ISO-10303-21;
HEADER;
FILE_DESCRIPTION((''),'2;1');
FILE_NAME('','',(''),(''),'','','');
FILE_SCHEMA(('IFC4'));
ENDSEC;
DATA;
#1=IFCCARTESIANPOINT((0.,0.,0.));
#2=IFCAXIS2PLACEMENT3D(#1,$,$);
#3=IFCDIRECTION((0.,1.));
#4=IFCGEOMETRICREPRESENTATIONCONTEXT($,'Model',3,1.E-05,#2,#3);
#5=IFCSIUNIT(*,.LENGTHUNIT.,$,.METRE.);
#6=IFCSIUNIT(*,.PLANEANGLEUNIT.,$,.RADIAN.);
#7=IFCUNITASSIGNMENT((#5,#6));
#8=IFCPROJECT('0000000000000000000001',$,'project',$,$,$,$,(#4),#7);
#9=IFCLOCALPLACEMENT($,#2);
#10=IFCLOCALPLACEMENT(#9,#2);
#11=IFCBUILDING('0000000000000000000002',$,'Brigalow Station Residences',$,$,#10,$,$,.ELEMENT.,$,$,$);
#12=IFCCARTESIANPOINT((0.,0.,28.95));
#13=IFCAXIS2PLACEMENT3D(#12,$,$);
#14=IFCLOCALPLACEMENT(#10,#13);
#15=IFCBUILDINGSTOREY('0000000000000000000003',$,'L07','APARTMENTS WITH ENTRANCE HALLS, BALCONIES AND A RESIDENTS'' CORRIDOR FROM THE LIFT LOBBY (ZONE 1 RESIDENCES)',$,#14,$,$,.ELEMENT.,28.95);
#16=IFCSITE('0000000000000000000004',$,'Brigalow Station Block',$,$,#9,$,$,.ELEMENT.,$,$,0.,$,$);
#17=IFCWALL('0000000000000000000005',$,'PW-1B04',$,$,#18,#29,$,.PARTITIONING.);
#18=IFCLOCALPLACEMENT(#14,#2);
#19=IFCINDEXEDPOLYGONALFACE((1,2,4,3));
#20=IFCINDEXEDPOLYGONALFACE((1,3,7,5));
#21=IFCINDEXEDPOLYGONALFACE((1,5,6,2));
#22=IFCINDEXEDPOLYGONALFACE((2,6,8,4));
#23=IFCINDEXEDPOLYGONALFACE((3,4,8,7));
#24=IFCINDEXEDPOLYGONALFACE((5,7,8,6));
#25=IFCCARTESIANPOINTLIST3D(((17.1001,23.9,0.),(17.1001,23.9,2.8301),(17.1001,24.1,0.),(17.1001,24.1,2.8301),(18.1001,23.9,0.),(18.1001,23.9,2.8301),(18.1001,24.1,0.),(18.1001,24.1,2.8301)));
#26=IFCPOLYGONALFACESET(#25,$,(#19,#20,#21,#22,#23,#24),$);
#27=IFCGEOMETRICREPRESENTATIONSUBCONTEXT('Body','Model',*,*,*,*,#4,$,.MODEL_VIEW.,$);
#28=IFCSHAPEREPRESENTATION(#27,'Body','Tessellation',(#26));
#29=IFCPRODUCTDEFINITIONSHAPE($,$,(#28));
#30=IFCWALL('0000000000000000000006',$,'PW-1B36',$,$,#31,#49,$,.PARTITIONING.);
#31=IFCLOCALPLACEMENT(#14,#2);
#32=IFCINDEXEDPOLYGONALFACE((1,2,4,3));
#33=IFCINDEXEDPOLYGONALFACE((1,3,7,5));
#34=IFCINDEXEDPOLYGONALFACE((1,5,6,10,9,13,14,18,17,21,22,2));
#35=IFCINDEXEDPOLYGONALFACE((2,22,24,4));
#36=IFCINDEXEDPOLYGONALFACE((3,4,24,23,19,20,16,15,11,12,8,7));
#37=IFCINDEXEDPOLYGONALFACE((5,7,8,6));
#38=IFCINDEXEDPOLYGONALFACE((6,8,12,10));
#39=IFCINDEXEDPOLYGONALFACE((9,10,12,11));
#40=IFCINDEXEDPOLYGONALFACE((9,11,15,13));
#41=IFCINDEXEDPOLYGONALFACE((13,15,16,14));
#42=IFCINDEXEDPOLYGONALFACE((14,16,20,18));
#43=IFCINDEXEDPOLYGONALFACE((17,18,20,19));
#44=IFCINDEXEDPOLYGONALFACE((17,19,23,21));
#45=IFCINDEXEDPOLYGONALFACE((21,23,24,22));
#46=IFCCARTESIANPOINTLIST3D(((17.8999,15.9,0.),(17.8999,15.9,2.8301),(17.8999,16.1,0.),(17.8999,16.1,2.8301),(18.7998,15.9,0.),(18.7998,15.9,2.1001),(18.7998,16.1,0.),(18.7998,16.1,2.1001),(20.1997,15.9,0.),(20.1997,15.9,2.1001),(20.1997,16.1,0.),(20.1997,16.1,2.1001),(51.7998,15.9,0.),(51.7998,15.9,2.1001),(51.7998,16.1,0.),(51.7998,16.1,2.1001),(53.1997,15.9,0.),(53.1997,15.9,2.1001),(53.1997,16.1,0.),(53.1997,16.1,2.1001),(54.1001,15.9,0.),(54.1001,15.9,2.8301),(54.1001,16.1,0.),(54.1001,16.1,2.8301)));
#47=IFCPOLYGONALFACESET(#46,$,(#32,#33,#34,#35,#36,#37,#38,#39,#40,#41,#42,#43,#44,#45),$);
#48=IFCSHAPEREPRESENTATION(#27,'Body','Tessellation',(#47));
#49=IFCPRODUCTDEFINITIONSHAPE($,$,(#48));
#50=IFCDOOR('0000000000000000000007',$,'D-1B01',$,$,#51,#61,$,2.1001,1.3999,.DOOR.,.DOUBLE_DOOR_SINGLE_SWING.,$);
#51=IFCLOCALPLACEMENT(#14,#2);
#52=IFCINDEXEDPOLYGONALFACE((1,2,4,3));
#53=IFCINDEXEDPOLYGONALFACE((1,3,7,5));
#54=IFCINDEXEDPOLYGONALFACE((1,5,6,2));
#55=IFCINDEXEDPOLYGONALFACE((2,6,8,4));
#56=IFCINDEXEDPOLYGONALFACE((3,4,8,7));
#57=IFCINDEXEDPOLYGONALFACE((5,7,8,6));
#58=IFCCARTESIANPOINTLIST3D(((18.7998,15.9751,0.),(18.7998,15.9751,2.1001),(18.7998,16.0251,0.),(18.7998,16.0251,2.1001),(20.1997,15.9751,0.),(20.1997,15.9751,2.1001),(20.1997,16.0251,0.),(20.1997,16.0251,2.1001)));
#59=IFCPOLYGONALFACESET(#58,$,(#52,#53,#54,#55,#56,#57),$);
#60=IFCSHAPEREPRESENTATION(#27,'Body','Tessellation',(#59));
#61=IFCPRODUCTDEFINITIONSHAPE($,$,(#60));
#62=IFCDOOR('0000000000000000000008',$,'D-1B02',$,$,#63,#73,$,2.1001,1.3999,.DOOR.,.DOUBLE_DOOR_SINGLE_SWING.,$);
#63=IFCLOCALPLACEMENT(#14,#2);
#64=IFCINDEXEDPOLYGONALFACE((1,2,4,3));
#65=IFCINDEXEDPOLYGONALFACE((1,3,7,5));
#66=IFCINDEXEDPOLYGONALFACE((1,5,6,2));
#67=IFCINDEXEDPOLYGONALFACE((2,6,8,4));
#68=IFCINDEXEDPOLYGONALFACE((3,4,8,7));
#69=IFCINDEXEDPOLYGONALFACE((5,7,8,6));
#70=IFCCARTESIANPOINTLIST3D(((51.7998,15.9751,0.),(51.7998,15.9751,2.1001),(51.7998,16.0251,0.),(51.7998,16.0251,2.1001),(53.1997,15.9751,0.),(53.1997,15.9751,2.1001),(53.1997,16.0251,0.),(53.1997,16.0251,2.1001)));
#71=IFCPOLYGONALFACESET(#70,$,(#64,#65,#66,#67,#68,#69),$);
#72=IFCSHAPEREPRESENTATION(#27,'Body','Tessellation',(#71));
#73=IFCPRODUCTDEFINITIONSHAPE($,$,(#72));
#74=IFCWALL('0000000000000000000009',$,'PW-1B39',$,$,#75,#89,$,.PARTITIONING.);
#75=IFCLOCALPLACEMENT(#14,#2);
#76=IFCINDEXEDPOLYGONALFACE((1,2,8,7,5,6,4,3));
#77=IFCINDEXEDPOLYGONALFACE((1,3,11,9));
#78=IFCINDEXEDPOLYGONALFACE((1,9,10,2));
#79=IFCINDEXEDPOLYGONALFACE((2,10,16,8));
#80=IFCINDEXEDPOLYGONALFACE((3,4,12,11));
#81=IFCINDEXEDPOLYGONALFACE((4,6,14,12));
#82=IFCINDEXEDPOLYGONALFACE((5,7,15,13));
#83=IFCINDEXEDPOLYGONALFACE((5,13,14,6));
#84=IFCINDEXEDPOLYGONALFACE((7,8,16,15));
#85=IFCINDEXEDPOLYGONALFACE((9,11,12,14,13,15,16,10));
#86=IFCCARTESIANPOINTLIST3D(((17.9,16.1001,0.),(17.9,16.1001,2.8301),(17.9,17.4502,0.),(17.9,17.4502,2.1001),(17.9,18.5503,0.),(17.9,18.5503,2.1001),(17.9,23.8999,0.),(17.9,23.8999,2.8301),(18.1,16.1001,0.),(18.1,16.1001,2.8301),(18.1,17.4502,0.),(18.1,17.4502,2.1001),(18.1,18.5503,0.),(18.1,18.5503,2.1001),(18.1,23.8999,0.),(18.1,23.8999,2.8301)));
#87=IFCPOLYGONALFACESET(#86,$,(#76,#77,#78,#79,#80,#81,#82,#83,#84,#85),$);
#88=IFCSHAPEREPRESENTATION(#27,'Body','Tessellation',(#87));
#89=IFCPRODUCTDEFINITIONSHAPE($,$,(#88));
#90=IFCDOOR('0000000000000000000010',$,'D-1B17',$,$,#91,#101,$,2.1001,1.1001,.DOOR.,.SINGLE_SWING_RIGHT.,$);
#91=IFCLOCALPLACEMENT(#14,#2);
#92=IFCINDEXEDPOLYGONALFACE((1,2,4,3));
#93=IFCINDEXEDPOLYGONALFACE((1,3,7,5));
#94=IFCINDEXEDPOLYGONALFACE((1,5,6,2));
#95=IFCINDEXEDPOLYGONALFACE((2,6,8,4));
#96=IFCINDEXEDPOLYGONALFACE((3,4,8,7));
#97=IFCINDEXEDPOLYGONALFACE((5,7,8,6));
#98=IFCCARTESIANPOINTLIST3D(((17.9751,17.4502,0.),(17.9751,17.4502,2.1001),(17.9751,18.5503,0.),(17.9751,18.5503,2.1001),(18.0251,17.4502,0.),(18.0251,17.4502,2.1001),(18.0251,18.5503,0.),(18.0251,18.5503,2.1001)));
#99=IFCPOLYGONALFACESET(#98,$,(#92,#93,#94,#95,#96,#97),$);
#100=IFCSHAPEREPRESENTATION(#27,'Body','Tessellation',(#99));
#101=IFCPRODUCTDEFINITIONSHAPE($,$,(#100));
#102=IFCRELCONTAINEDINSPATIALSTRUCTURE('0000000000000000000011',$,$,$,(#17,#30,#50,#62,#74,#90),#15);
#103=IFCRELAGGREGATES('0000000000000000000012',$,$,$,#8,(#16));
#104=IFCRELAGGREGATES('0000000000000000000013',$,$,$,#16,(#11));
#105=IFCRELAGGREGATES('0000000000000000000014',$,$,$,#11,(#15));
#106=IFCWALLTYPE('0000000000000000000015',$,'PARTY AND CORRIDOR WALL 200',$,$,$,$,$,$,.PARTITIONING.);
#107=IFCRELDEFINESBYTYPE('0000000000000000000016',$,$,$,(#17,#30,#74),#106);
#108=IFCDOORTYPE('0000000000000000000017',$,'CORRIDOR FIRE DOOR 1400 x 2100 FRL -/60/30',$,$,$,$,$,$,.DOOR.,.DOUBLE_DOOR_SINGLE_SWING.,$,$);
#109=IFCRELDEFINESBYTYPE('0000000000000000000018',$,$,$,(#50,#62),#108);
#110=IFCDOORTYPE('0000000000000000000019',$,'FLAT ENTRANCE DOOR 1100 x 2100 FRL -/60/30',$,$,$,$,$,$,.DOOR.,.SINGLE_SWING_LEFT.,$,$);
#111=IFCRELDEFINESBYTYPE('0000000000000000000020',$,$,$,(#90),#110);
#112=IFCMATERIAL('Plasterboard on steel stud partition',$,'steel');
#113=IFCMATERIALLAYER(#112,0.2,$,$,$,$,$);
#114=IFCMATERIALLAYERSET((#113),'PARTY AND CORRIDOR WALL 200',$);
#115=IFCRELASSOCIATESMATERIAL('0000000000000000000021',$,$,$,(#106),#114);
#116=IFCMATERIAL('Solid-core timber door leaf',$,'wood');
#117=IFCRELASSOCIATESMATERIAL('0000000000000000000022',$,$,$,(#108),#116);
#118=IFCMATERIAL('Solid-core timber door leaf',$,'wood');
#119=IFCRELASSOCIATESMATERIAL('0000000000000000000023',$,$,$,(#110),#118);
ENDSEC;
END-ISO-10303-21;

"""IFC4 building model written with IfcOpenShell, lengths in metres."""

from ifc_helpers import new_model, si_unit, direction, frame, frame_2d, origin, place, context, subcontext, project, spatial, rectangle, extrude, material, layer, layer_set, type_object, element, fill, save


model = new_model("IFC4")

# Units and contexts
model_context = context("Model", 3, precision=1e-05, world=origin(), true_north=direction((0.0, 1.0)))
body_context = subcontext(model_context, "Body", "Model", "MODEL_VIEW")
ifc_project = project(units=[si_unit("LENGTHUNIT", "METRE"), si_unit("PLANEANGLEUNIT", "RADIAN")], contexts=[model_context])

# Site, building, storey
site_placement = place(None, origin())
site = spatial("IfcSite", under=ifc_project, at=site_placement, Name="Brigalow Station Block", CompositionType="ELEMENT", RefElevation=0.0)
building_placement = place(site_placement, origin())
building = spatial("IfcBuilding", under=site, at=building_placement, Name="Brigalow Station Residences", CompositionType="ELEMENT")
storey_placement = place(building_placement, frame((0.0, 0.0, 28.95)))
storey = spatial("IfcBuildingStorey", under=building, at=storey_placement, Name="L07", Description="APARTMENTS WITH ENTRANCE HALLS, BALCONIES AND A RESIDENTS' CORRIDOR FROM THE LIFT LOBBY (ZONE 1 RESIDENCES)", CompositionType="ELEMENT", Elevation=28.95)

# Wall
ifc_material_1 = material(Name="Plasterboard on steel stud partition", Category="steel")
ifc_layer_1 = layer(ifc_material_1, 0.2)
ifc_layer_set_1 = layer_set([ifc_layer_1], Name="PARTY AND CORRIDOR WALL 200")
wall_type_1 = type_object("IfcWallType", Name="PARTY AND CORRIDOR WALL 200", PredefinedType="PARTITIONING", material=ifc_layer_set_1)
wall_1_placement = place(storey_placement, frame((17.1001, 24.0, 0.0), z_axis=(0.0, 0.0, 1.0), x_axis=(1.0, 0.0, 0.0)))
element("IfcWall", 1, at=wall_1_placement, inside=storey, type_object=wall_type_1, Name="PW-1B04", PredefinedType="PARTITIONING", context=body_context, shape_type="SweptSolid", body=[
    extrude(rectangle(XDim=1.0, YDim=0.2, at=frame_2d((0.5, 0.0))), origin(), (0.0, 0.0, 1.0), 2.8301),
])

# Wall, openings, doors
wall_2_placement = place(storey_placement, frame((17.8999, 16.0, 0.0), z_axis=(0.0, 0.0, 1.0), x_axis=(1.0, 0.0, 0.0)))
wall_2 = element("IfcWall", 2, at=wall_2_placement, inside=storey, type_object=wall_type_1, Name="PW-1B36", PredefinedType="PARTITIONING", context=body_context, shape_type="SweptSolid", body=[
    extrude(rectangle(XDim=36.2002, YDim=0.2, at=frame_2d((18.1001, 0.0))), origin(), (0.0, 0.0, 1.0), 2.8301),
])
opening_1_placement = place(wall_2_placement, frame((0.8999, 0.0, 0.0)))
opening_1 = element("IfcOpeningElement", 3, at=opening_1_placement, cuts=wall_2, PredefinedType="OPENING", context=body_context, shape_type="SweptSolid", body=[
    extrude(rectangle(XDim=1.3999, YDim=2.1001, at=frame_2d((0.7, 1.05))), frame((0.0, 0.1099, 0.0), z_axis=(0.0, -1.0, 0.0), x_axis=(1.0, 0.0, 0.0)), (0.0, 0.0, 1.0), 0.22),
])
opening_2_placement = place(wall_2_placement, frame((33.8999, 0.0, 0.0)))
opening_2 = element("IfcOpeningElement", 4, at=opening_2_placement, cuts=wall_2, PredefinedType="OPENING", context=body_context, shape_type="SweptSolid", body=[
    extrude(rectangle(XDim=1.3999, YDim=2.1001, at=frame_2d((0.7, 1.05))), frame((0.0, 0.1099, 0.0), z_axis=(0.0, -1.0, 0.0), x_axis=(1.0, 0.0, 0.0)), (0.0, 0.0, 1.0), 0.22),
])
ifc_material_2 = material(Name="Solid-core timber door leaf", Category="wood")
door_type_1 = type_object("IfcDoorType", Name="CORRIDOR FIRE DOOR 1400 x 2100 FRL -/60/30", OperationType="DOUBLE_DOOR_SINGLE_SWING", PredefinedType="DOOR", material=ifc_material_2)
door_1_placement = place(opening_1_placement, frame((1.3999, 0.0, 0.0), z_axis=(0.0, 0.0, 1.0), x_axis=(-1.0, 0.0, 0.0)))
door_1 = element("IfcDoor", 5, at=door_1_placement, inside=storey, type_object=door_type_1, Name="D-1B01", OperationType="DOUBLE_DOOR_SINGLE_SWING", OverallHeight=2.1001, OverallWidth=1.3999, PredefinedType="DOOR", context=body_context, shape_type="SweptSolid", body=[
    extrude(rectangle(XDim=1.3999, YDim=2.1001, at=frame_2d((0.7, 1.05))), frame((0.0, 0.0249, 0.0), z_axis=(0.0, -1.0, 0.0), x_axis=(1.0, 0.0, 0.0)), (0.0, 0.0, 1.0), 0.05),
])
fill(opening_1, door_1)
door_2_placement = place(opening_2_placement, frame((1.3999, 0.0, 0.0), z_axis=(0.0, 0.0, 1.0), x_axis=(-1.0, 0.0, 0.0)))
door_2 = element("IfcDoor", 6, at=door_2_placement, inside=storey, type_object=door_type_1, Name="D-1B02", OperationType="DOUBLE_DOOR_SINGLE_SWING", OverallHeight=2.1001, OverallWidth=1.3999, PredefinedType="DOOR", context=body_context, shape_type="SweptSolid", body=[
    extrude(rectangle(XDim=1.3999, YDim=2.1001, at=frame_2d((0.7, 1.05))), frame((0.0, 0.0249, 0.0), z_axis=(0.0, -1.0, 0.0), x_axis=(1.0, 0.0, 0.0)), (0.0, 0.0, 1.0), 0.05),
])
fill(opening_2, door_2)

# Wall, opening, door
wall_3_placement = place(storey_placement, frame((18.0, 16.1001, 0.0), z_axis=(0.0, 0.0, 1.0), x_axis=(0.0, 1.0, 0.0)))
wall_3 = element("IfcWall", 7, at=wall_3_placement, inside=storey, type_object=wall_type_1, Name="PW-1B39", PredefinedType="PARTITIONING", context=body_context, shape_type="SweptSolid", body=[
    extrude(rectangle(XDim=7.7998, YDim=0.2, at=frame_2d((3.8999, 0.0))), origin(), (0.0, 0.0, 1.0), 2.8301),
])
opening_3_placement = place(wall_3_placement, frame((1.3501, 0.0, 0.0)))
opening_3 = element("IfcOpeningElement", 8, at=opening_3_placement, cuts=wall_3, PredefinedType="OPENING", context=body_context, shape_type="SweptSolid", body=[
    extrude(rectangle(XDim=1.1001, YDim=2.1001, at=frame_2d((0.55, 1.05))), frame((0.0, 0.1099, 0.0), z_axis=(0.0, -1.0, 0.0), x_axis=(1.0, 0.0, 0.0)), (0.0, 0.0, 1.0), 0.22),
])
ifc_material_3 = material(Name="Solid-core timber door leaf", Category="wood")
door_type_2 = type_object("IfcDoorType", Name="FLAT ENTRANCE DOOR 1100 x 2100 FRL -/60/30", OperationType="SINGLE_SWING_LEFT", PredefinedType="DOOR", material=ifc_material_3)
door_3_placement = place(opening_3_placement, origin())
door_3 = element("IfcDoor", 9, at=door_3_placement, inside=storey, type_object=door_type_2, Name="D-1B17", OperationType="SINGLE_SWING_RIGHT", OverallHeight=2.1001, OverallWidth=1.1001, PredefinedType="DOOR", context=body_context, shape_type="SweptSolid", body=[
    extrude(rectangle(XDim=1.1001, YDim=2.1001, at=frame_2d((0.55, 1.05))), frame((0.0, 0.0249, 0.0), z_axis=(0.0, -1.0, 0.0), x_axis=(1.0, 0.0, 0.0)), (0.0, 0.0, 1.0), 0.05),
])
fill(opening_3, door_3)

save(model, "model.ifc")
